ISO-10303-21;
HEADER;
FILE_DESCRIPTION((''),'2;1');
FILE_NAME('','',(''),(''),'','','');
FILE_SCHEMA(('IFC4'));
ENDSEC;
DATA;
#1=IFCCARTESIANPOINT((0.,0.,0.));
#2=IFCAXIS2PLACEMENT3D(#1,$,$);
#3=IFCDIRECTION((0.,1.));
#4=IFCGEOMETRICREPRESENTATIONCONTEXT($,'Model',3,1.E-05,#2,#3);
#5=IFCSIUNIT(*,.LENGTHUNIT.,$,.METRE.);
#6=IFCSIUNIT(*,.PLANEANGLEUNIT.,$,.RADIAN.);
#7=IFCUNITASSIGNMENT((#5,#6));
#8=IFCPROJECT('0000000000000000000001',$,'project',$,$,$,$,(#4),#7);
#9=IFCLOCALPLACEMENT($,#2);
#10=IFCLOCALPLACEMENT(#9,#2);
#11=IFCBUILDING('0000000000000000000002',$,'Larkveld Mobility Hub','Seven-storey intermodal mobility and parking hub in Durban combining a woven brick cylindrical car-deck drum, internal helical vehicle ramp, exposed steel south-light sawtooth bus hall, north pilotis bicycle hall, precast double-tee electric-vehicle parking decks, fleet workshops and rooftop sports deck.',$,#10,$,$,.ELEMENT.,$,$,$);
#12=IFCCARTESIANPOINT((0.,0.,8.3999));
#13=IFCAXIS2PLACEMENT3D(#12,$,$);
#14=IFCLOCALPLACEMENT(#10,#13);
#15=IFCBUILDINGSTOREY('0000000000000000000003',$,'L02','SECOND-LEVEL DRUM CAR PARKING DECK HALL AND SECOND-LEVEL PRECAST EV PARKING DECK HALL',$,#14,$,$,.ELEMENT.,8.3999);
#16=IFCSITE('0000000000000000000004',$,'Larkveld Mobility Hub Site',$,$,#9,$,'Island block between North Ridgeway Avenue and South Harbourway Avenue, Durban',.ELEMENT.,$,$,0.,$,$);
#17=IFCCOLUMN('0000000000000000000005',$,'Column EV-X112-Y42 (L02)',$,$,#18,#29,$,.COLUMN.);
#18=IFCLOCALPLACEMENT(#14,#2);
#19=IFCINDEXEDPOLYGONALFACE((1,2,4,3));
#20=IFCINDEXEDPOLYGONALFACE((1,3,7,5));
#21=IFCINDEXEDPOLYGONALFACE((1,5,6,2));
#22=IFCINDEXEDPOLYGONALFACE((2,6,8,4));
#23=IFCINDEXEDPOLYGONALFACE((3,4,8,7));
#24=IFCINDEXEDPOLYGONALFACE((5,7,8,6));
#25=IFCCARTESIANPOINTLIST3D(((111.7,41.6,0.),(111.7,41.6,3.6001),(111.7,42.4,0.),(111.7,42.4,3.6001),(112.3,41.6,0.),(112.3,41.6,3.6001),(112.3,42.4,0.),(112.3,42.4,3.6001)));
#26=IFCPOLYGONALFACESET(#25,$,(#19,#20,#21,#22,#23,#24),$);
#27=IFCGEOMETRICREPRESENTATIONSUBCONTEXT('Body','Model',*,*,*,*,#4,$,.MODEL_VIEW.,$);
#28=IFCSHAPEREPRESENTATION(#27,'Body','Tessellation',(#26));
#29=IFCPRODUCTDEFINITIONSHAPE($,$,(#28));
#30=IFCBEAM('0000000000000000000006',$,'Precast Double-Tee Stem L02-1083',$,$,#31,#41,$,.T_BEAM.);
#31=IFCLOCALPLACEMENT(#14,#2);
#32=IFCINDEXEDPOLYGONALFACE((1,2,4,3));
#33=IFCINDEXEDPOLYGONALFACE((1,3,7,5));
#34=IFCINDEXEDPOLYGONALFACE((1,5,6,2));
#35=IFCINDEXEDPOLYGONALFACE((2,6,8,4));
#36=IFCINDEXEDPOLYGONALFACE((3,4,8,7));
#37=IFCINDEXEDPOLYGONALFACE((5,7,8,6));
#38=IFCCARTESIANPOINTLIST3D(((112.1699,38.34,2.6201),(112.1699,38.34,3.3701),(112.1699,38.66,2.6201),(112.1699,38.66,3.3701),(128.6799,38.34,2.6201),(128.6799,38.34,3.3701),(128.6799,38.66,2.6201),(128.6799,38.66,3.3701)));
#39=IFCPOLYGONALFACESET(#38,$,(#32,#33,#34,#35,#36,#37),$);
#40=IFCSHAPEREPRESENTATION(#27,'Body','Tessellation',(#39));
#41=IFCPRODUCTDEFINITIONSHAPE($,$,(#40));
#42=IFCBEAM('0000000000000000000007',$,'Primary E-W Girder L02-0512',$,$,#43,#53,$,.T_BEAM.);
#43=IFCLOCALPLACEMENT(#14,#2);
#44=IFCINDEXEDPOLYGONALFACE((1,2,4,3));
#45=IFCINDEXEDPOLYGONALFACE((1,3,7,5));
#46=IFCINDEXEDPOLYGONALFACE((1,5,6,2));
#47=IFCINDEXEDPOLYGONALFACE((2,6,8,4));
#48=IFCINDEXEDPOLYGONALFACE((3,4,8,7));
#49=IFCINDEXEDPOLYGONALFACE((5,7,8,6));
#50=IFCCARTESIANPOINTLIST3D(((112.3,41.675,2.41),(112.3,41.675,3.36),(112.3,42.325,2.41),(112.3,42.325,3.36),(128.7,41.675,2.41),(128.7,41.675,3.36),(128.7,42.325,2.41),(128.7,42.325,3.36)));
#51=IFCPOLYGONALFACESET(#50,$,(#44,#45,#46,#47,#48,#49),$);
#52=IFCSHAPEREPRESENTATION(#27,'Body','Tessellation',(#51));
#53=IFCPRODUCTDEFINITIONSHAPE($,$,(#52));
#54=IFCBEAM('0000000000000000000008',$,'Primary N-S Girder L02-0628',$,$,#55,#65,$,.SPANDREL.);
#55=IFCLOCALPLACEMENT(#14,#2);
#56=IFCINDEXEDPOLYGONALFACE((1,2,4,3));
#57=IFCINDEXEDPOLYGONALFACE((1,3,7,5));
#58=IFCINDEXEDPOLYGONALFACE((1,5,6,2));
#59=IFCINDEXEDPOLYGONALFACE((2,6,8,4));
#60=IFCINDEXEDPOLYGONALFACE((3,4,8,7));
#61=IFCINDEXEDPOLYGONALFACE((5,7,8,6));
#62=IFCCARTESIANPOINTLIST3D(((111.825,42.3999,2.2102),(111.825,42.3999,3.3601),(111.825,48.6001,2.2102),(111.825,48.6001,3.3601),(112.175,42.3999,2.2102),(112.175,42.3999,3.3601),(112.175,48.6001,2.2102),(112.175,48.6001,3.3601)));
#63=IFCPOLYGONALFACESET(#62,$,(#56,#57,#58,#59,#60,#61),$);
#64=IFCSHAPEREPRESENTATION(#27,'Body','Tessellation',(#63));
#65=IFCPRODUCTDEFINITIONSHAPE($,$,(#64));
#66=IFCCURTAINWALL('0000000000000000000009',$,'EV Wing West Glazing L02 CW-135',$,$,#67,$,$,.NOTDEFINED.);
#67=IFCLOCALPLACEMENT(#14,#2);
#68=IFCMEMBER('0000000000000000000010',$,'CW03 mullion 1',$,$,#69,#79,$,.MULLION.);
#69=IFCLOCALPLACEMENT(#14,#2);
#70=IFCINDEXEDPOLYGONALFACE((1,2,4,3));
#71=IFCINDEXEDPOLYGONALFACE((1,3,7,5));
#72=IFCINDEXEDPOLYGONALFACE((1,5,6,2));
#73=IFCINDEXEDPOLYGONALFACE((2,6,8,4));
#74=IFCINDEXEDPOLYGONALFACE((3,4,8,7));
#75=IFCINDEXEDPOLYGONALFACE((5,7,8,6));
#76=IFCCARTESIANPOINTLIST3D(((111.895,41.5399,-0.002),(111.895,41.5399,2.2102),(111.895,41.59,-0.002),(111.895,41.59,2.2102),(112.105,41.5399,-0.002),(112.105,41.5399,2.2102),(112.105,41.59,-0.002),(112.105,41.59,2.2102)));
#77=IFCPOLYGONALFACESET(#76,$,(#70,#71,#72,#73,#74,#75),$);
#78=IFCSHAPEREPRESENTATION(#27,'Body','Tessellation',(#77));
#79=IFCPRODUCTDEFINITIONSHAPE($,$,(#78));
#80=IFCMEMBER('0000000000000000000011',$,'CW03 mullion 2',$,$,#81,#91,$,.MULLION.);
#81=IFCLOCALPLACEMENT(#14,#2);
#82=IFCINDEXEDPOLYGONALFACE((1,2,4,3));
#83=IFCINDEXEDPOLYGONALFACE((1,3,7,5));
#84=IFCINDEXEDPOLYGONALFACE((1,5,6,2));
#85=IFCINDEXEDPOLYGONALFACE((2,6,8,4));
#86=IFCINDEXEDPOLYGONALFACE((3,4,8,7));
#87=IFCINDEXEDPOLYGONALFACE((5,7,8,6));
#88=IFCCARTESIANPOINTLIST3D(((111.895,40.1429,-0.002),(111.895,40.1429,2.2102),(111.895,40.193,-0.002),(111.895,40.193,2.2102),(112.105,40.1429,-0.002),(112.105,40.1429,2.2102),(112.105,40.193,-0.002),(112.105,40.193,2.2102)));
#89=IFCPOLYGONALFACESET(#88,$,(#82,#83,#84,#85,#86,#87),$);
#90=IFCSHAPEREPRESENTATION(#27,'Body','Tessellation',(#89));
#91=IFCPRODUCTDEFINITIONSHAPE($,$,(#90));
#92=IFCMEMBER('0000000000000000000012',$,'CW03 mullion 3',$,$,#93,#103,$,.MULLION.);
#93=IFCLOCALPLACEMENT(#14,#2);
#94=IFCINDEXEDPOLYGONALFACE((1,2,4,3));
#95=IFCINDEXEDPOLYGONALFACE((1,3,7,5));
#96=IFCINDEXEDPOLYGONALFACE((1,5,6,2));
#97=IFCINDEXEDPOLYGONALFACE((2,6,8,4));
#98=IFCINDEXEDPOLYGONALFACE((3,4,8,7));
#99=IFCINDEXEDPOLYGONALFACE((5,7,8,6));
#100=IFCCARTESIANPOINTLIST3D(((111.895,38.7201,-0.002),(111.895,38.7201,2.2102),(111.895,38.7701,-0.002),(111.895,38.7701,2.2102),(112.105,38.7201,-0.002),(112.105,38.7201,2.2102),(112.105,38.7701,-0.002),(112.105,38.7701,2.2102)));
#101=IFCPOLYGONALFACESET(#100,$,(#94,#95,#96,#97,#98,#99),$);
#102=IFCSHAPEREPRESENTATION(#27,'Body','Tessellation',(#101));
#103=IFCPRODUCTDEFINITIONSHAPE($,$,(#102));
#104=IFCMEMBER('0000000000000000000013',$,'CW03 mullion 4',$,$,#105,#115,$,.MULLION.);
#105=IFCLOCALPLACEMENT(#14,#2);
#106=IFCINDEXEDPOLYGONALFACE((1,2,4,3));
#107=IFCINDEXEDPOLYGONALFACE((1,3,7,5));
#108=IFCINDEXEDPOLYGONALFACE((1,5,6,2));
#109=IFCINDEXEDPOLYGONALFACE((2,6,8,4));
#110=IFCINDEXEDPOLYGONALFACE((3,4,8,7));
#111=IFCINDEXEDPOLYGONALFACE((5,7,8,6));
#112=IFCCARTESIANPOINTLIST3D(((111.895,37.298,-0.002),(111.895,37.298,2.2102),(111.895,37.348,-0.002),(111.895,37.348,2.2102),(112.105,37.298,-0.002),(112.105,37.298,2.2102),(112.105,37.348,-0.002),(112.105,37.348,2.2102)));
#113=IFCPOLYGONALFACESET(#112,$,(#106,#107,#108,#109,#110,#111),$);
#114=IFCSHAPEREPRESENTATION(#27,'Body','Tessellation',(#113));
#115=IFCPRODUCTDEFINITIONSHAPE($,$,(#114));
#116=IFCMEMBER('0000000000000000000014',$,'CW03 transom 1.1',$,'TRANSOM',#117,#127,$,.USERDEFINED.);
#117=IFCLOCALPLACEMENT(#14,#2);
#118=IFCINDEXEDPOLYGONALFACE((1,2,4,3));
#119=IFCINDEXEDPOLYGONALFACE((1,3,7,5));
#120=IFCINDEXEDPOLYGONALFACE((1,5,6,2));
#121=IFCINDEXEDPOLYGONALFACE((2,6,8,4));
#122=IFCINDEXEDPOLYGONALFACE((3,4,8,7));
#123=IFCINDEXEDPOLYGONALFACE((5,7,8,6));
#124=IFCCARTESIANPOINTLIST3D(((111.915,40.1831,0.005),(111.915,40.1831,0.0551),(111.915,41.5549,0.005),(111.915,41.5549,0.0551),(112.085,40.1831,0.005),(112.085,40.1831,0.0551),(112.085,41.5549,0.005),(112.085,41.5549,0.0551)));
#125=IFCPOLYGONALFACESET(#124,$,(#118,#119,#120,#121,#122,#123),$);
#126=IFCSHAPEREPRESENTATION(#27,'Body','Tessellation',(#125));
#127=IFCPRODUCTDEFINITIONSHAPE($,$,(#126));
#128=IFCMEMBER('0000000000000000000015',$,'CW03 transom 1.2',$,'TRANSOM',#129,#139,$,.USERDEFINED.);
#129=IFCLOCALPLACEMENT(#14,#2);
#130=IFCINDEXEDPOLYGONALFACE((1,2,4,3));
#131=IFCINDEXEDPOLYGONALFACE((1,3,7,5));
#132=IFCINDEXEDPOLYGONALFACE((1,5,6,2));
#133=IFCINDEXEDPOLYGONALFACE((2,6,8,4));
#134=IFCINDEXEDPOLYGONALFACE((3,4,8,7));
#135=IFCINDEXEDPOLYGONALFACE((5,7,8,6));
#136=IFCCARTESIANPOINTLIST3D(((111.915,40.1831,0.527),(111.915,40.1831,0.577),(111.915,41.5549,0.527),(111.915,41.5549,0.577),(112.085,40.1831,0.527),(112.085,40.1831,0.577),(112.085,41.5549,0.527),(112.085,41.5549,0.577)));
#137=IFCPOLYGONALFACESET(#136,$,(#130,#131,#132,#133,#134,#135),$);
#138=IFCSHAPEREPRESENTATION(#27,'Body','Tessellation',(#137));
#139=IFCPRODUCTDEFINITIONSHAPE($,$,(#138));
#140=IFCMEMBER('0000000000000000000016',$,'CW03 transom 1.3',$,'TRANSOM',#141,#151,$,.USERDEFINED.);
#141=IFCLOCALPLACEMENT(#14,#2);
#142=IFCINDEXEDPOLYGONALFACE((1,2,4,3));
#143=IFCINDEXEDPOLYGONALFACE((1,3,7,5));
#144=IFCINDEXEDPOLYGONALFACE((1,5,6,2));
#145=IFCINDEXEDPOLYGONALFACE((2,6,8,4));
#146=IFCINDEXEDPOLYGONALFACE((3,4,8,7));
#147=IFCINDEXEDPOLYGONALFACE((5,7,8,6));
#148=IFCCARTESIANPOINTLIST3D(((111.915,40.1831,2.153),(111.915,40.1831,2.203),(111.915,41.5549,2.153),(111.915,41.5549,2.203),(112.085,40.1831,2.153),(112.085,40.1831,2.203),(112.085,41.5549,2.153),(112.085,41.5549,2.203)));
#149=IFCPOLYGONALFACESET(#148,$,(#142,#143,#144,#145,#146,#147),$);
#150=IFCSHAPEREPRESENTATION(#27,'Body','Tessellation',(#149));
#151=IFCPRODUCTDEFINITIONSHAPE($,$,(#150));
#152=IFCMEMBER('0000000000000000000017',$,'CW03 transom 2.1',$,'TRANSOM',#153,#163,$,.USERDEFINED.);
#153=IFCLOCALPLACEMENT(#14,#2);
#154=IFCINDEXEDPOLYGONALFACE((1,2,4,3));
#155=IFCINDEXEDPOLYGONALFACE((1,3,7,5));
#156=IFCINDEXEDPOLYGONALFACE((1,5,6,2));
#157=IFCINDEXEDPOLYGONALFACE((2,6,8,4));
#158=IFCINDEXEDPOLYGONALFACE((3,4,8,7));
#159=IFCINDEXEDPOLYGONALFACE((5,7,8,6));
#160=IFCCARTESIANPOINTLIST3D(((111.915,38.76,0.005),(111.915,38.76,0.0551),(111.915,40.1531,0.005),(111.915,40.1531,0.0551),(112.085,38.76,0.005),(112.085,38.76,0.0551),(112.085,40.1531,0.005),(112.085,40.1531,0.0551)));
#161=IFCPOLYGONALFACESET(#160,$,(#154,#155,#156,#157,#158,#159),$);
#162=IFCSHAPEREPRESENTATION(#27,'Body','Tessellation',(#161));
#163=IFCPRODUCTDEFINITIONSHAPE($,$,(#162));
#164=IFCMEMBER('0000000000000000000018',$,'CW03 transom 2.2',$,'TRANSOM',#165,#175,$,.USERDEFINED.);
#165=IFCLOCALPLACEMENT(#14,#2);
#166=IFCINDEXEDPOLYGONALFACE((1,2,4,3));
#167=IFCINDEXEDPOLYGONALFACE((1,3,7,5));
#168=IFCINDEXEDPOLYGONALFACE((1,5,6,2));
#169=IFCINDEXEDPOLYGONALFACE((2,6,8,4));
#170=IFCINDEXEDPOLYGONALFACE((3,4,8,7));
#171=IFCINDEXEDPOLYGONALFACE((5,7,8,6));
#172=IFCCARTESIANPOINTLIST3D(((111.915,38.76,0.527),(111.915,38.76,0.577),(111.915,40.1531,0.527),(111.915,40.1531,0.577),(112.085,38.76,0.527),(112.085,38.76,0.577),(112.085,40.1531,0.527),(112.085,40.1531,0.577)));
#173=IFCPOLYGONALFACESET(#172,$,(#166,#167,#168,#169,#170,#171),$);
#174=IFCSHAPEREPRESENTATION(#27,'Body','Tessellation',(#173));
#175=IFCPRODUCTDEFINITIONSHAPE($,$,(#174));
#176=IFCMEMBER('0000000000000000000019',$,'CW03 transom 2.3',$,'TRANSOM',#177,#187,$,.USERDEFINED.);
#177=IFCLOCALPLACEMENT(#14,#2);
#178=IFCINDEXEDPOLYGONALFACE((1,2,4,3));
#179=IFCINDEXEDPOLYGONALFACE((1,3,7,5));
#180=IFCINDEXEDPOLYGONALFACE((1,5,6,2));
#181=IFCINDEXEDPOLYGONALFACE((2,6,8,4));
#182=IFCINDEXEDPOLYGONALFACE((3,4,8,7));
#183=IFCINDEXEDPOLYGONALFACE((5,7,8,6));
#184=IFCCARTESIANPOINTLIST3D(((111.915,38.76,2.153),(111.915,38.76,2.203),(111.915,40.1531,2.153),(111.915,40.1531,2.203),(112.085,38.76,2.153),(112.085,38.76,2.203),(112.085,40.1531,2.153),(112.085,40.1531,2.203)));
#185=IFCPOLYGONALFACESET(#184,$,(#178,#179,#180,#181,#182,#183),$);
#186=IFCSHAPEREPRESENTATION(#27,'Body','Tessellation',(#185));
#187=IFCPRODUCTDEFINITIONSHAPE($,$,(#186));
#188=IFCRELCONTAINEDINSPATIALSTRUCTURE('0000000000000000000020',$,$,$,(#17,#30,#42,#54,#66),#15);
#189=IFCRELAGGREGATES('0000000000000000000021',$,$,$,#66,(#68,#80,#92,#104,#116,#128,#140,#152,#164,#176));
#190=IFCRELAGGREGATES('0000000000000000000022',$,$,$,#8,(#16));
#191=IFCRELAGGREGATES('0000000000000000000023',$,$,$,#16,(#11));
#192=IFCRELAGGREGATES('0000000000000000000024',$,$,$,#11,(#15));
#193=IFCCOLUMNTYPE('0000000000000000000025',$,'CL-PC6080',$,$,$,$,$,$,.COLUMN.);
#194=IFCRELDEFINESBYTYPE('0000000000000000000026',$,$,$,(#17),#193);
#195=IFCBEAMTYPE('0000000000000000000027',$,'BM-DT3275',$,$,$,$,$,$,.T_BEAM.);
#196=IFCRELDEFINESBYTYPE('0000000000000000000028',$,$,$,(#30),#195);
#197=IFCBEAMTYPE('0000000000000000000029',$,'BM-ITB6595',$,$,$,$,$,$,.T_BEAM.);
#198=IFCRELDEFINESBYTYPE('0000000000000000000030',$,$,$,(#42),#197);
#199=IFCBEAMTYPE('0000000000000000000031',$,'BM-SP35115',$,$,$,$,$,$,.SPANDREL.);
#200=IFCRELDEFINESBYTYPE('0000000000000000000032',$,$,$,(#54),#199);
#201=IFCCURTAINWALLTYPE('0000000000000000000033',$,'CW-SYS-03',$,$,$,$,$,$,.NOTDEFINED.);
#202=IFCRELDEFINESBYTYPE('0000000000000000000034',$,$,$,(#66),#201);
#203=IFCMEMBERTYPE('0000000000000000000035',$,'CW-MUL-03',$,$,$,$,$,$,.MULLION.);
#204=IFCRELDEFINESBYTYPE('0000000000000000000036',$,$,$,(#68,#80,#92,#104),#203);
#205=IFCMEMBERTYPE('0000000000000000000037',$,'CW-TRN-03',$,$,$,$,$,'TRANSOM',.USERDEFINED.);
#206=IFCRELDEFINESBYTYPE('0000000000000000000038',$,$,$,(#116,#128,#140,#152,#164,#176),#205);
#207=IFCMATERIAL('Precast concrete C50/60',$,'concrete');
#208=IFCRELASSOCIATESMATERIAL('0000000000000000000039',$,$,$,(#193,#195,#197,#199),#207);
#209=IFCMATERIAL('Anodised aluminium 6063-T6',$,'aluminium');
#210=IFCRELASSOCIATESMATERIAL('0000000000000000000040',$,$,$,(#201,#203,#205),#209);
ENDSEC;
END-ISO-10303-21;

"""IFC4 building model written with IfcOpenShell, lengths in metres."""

from ifc_helpers import new_model, si_unit, direction, frame, origin, origin_2d, place, context, subcontext, project, spatial, rectangle, extrude, material, material_profile, profile_set, type_object, element, aggregate, save


model = new_model("IFC4")

# Units and contexts
model_context = context("Model", 3, precision=1e-05, world=origin(), true_north=direction((0.0, 1.0)))
body_context = subcontext(model_context, "Body", "Model", "MODEL_VIEW")
ifc_project = project(units=[si_unit("LENGTHUNIT", "METRE"), si_unit("PLANEANGLEUNIT", "RADIAN")], contexts=[model_context])

# Site, building, storey
site_placement = place(None, origin())
site = spatial("IfcSite", under=ifc_project, at=site_placement, Name="Larkveld Mobility Hub Site", LongName="Island block between North Ridgeway Avenue and South Harbourway Avenue, Durban", CompositionType="ELEMENT", RefElevation=0.0)
building_placement = place(site_placement, origin())
building = spatial("IfcBuilding", under=site, at=building_placement, Name="Larkveld Mobility Hub", Description="Seven-storey intermodal mobility and parking hub in Durban combining a woven brick cylindrical car-deck drum, internal helical vehicle ramp, exposed steel south-light sawtooth bus hall, north pilotis bicycle hall, precast double-tee electric-vehicle parking decks, fleet workshops and rooftop sports deck.", CompositionType="ELEMENT")
storey_placement = place(building_placement, frame((0.0, 0.0, 8.3999)))
storey = spatial("IfcBuildingStorey", under=building, at=storey_placement, Name="L02", Description="SECOND-LEVEL DRUM CAR PARKING DECK HALL AND SECOND-LEVEL PRECAST EV PARKING DECK HALL", CompositionType="ELEMENT", Elevation=8.3999)

# Column
ifc_material_1 = material(Name="Precast concrete C50/60", Category="concrete")
ifc_material_profile_1 = material_profile(ifc_material_1, rectangle(XDim=0.6001, YDim=0.8, at=origin_2d()), Name="RC COL 600x800")
ifc_profile_set_1 = profile_set([ifc_material_profile_1], Name="Precast concrete C50/60")
column_type = type_object("IfcColumnType", Name="CL-PC6080", PredefinedType="COLUMN", material=ifc_profile_set_1)
column_placement = place(storey_placement, frame((112.0, 42.0, 0.0), z_axis=(0.0, 0.0, 1.0), x_axis=(1.0, 0.0, 0.0)))
element("IfcColumn", 1, at=column_placement, inside=storey, type_object=column_type, Name="Column EV-X112-Y42 (L02)", PredefinedType="COLUMN", context=body_context, shape_type="SweptSolid", body=[
    extrude(rectangle(XDim=0.6001, YDim=0.8, at=origin_2d()), origin(), (0.0, 0.0, 1.0), 3.6001),
])

# Beams
ifc_material_profile_2 = material_profile(ifc_material_1, rectangle(XDim=0.3201, YDim=0.75, at=origin_2d()), Name="PC DT 320x750")
ifc_profile_set_2 = profile_set([ifc_material_profile_2], Name="Precast concrete C50/60")
beam_type_1 = type_object("IfcBeamType", Name="BM-DT3275", PredefinedType="T_BEAM", material=ifc_profile_set_2)
beam_1_placement = place(storey_placement, frame((112.1699, 38.5, 2.9951), z_axis=(1.0, 0.0, 0.0), x_axis=(0.0, 1.0, 0.0)))
element("IfcBeam", 2, at=beam_1_placement, inside=storey, type_object=beam_type_1, Name="Precast Double-Tee Stem L02-1083", PredefinedType="T_BEAM", context=body_context, shape_type="SweptSolid", body=[
    extrude(rectangle(XDim=0.3201, YDim=0.75, at=origin_2d()), origin(), (0.0, 0.0, 1.0), 16.51),
])
ifc_material_profile_3 = material_profile(ifc_material_1, rectangle(XDim=0.6499, YDim=0.95, at=origin_2d()), Name="PC ITB 650x950")
ifc_profile_set_3 = profile_set([ifc_material_profile_3], Name="Precast concrete C50/60")
beam_type_2 = type_object("IfcBeamType", Name="BM-ITB6595", PredefinedType="T_BEAM", material=ifc_profile_set_3)
beam_2_placement = place(storey_placement, frame((112.3, 42.0, 2.885), z_axis=(1.0, 0.0, 0.0), x_axis=(0.0, 1.0, 0.0)))
element("IfcBeam", 3, at=beam_2_placement, inside=storey, type_object=beam_type_2, Name="Primary E-W Girder L02-0512", PredefinedType="T_BEAM", context=body_context, shape_type="SweptSolid", body=[
    extrude(rectangle(XDim=0.6499, YDim=0.95, at=origin_2d()), origin(), (0.0, 0.0, 1.0), 16.3999),
])
ifc_material_profile_4 = material_profile(ifc_material_1, rectangle(XDim=0.3501, YDim=1.1499, at=origin_2d()), Name="PC SP 350x1150")
ifc_profile_set_4 = profile_set([ifc_material_profile_4], Name="Precast concrete C50/60")
beam_type_3 = type_object("IfcBeamType", Name="BM-SP35115", PredefinedType="SPANDREL", material=ifc_profile_set_4)
beam_3_placement = place(storey_placement, frame((112.0, 42.3999, 2.7852), z_axis=(0.0, 1.0, 0.0), x_axis=(-1.0, 0.0, 0.0)))
element("IfcBeam", 4, at=beam_3_placement, inside=storey, type_object=beam_type_3, Name="Primary N-S Girder L02-0628", PredefinedType="SPANDREL", context=body_context, shape_type="SweptSolid", body=[
    extrude(rectangle(XDim=0.3501, YDim=1.1499, at=origin_2d()), origin(), (0.0, 0.0, 1.0), 6.2002),
])

# Curtain wall, members
ifc_material_2 = material(Name="Anodised aluminium 6063-T6", Category="aluminium")
curtain_wall_type = type_object("IfcCurtainWallType", Name="CW-SYS-03", PredefinedType="NOTDEFINED", material=ifc_material_2)
curtain_wall_placement = place(storey_placement, origin())
curtain_wall = element("IfcCurtainWall", 5, at=curtain_wall_placement, inside=storey, type_object=curtain_wall_type, Name="EV Wing West Glazing L02 CW-135", PredefinedType="NOTDEFINED")
ifc_material_profile_5 = material_profile(ifc_material_2, rectangle(XDim=0.05, YDim=0.21, at=origin_2d()), Name="ALU MULL 50x210")
ifc_profile_set_5 = profile_set([ifc_material_profile_5], Name="Anodised aluminium 6063-T6")
member_type_1 = type_object("IfcMemberType", Name="CW-MUL-03", PredefinedType="MULLION", material=ifc_profile_set_5)
member_1_placement = place(storey_placement, frame((112.0, 41.5649, -0.002), z_axis=(0.0, 0.0, 1.0), x_axis=(0.0, -1.0, 0.0)))
member_1 = element("IfcMember", 6, at=member_1_placement, type_object=member_type_1, Name="CW03 mullion 1", PredefinedType="MULLION", context=body_context, shape_type="SweptSolid", body=[
    extrude(rectangle(XDim=0.05, YDim=0.21, at=origin_2d()), origin(), (0.0, 0.0, 1.0), 2.2122),
])
member_2_placement = place(storey_placement, frame((112.0, 40.168, -0.002), z_axis=(0.0, 0.0, 1.0), x_axis=(0.0, -1.0, 0.0)))
member_2 = element("IfcMember", 7, at=member_2_placement, type_object=member_type_1, Name="CW03 mullion 2", PredefinedType="MULLION", context=body_context, shape_type="SweptSolid", body=[
    extrude(rectangle(XDim=0.05, YDim=0.21, at=origin_2d()), origin(), (0.0, 0.0, 1.0), 2.2122),
])
member_3_placement = place(storey_placement, frame((112.0, 38.7451, -0.002), z_axis=(0.0, 0.0, 1.0), x_axis=(0.0, -1.0, 0.0)))
member_3 = element("IfcMember", 8, at=member_3_placement, type_object=member_type_1, Name="CW03 mullion 3", PredefinedType="MULLION", context=body_context, shape_type="SweptSolid", body=[
    extrude(rectangle(XDim=0.05, YDim=0.21, at=origin_2d()), origin(), (0.0, 0.0, 1.0), 2.2122),
])
member_4_placement = place(storey_placement, frame((112.0, 37.323, -0.002), z_axis=(0.0, 0.0, 1.0), x_axis=(0.0, -1.0, 0.0)))
member_4 = element("IfcMember", 9, at=member_4_placement, type_object=member_type_1, Name="CW03 mullion 4", PredefinedType="MULLION", context=body_context, shape_type="SweptSolid", body=[
    extrude(rectangle(XDim=0.05, YDim=0.21, at=origin_2d()), origin(), (0.0, 0.0, 1.0), 2.2122),
])
ifc_material_profile_6 = material_profile(ifc_material_2, rectangle(XDim=0.1699, YDim=0.05, at=origin_2d()), Name="ALU TRAN 50x170")
ifc_profile_set_6 = profile_set([ifc_material_profile_6], Name="Anodised aluminium 6063-T6")
member_type_2 = type_object("IfcMemberType", Name="CW-TRN-03", ElementType="TRANSOM", PredefinedType="USERDEFINED", material=ifc_profile_set_6)
member_5_placement = place(storey_placement, frame((112.0, 41.5549, 0.03), z_axis=(0.0, -1.0, 0.0), x_axis=(1.0, 0.0, 0.0)))
member_5 = element("IfcMember", 10, at=member_5_placement, type_object=member_type_2, Name="CW03 transom 1.1", ObjectType="TRANSOM", PredefinedType="USERDEFINED", context=body_context, shape_type="SweptSolid", body=[
    extrude(rectangle(XDim=0.1699, YDim=0.05, at=origin_2d()), origin(), (0.0, 0.0, 1.0), 1.3718),
])
member_6_placement = place(storey_placement, frame((112.0, 41.5549, 0.552), z_axis=(0.0, -1.0, 0.0), x_axis=(1.0, 0.0, 0.0)))
member_6 = element("IfcMember", 11, at=member_6_placement, type_object=member_type_2, Name="CW03 transom 1.2", ObjectType="TRANSOM", PredefinedType="USERDEFINED", context=body_context, shape_type="SweptSolid", body=[
    extrude(rectangle(XDim=0.1699, YDim=0.05, at=origin_2d()), origin(), (0.0, 0.0, 1.0), 1.3718),
])
member_7_placement = place(storey_placement, frame((112.0, 41.5549, 2.178), z_axis=(0.0, -1.0, 0.0), x_axis=(1.0, 0.0, 0.0)))
member_7 = element("IfcMember", 12, at=member_7_placement, type_object=member_type_2, Name="CW03 transom 1.3", ObjectType="TRANSOM", PredefinedType="USERDEFINED", context=body_context, shape_type="SweptSolid", body=[
    extrude(rectangle(XDim=0.1699, YDim=0.05, at=origin_2d()), origin(), (0.0, 0.0, 1.0), 1.3718),
])
member_8_placement = place(storey_placement, frame((112.0, 40.1531, 0.03), z_axis=(0.0, -1.0, 0.0), x_axis=(1.0, 0.0, 0.0)))
member_8 = element("IfcMember", 13, at=member_8_placement, type_object=member_type_2, Name="CW03 transom 2.1", ObjectType="TRANSOM", PredefinedType="USERDEFINED", context=body_context, shape_type="SweptSolid", body=[
    extrude(rectangle(XDim=0.1699, YDim=0.05, at=origin_2d()), origin(), (0.0, 0.0, 1.0), 1.3931),
])
member_9_placement = place(storey_placement, frame((112.0, 40.1531, 0.552), z_axis=(0.0, -1.0, 0.0), x_axis=(1.0, 0.0, 0.0)))
member_9 = element("IfcMember", 14, at=member_9_placement, type_object=member_type_2, Name="CW03 transom 2.2", ObjectType="TRANSOM", PredefinedType="USERDEFINED", context=body_context, shape_type="SweptSolid", body=[
    extrude(rectangle(XDim=0.1699, YDim=0.05, at=origin_2d()), origin(), (0.0, 0.0, 1.0), 1.3931),
])
member_10_placement = place(storey_placement, frame((112.0, 40.1531, 2.178), z_axis=(0.0, -1.0, 0.0), x_axis=(1.0, 0.0, 0.0)))
member_10 = element("IfcMember", 15, at=member_10_placement, type_object=member_type_2, Name="CW03 transom 2.3", ObjectType="TRANSOM", PredefinedType="USERDEFINED", context=body_context, shape_type="SweptSolid", body=[
    extrude(rectangle(XDim=0.1699, YDim=0.05, at=origin_2d()), origin(), (0.0, 0.0, 1.0), 1.3931),
])
aggregate(curtain_wall, [member_1, member_2, member_3, member_4, member_5, member_6, member_7, member_8, member_9, member_10])

save(model, "model.ifc")
